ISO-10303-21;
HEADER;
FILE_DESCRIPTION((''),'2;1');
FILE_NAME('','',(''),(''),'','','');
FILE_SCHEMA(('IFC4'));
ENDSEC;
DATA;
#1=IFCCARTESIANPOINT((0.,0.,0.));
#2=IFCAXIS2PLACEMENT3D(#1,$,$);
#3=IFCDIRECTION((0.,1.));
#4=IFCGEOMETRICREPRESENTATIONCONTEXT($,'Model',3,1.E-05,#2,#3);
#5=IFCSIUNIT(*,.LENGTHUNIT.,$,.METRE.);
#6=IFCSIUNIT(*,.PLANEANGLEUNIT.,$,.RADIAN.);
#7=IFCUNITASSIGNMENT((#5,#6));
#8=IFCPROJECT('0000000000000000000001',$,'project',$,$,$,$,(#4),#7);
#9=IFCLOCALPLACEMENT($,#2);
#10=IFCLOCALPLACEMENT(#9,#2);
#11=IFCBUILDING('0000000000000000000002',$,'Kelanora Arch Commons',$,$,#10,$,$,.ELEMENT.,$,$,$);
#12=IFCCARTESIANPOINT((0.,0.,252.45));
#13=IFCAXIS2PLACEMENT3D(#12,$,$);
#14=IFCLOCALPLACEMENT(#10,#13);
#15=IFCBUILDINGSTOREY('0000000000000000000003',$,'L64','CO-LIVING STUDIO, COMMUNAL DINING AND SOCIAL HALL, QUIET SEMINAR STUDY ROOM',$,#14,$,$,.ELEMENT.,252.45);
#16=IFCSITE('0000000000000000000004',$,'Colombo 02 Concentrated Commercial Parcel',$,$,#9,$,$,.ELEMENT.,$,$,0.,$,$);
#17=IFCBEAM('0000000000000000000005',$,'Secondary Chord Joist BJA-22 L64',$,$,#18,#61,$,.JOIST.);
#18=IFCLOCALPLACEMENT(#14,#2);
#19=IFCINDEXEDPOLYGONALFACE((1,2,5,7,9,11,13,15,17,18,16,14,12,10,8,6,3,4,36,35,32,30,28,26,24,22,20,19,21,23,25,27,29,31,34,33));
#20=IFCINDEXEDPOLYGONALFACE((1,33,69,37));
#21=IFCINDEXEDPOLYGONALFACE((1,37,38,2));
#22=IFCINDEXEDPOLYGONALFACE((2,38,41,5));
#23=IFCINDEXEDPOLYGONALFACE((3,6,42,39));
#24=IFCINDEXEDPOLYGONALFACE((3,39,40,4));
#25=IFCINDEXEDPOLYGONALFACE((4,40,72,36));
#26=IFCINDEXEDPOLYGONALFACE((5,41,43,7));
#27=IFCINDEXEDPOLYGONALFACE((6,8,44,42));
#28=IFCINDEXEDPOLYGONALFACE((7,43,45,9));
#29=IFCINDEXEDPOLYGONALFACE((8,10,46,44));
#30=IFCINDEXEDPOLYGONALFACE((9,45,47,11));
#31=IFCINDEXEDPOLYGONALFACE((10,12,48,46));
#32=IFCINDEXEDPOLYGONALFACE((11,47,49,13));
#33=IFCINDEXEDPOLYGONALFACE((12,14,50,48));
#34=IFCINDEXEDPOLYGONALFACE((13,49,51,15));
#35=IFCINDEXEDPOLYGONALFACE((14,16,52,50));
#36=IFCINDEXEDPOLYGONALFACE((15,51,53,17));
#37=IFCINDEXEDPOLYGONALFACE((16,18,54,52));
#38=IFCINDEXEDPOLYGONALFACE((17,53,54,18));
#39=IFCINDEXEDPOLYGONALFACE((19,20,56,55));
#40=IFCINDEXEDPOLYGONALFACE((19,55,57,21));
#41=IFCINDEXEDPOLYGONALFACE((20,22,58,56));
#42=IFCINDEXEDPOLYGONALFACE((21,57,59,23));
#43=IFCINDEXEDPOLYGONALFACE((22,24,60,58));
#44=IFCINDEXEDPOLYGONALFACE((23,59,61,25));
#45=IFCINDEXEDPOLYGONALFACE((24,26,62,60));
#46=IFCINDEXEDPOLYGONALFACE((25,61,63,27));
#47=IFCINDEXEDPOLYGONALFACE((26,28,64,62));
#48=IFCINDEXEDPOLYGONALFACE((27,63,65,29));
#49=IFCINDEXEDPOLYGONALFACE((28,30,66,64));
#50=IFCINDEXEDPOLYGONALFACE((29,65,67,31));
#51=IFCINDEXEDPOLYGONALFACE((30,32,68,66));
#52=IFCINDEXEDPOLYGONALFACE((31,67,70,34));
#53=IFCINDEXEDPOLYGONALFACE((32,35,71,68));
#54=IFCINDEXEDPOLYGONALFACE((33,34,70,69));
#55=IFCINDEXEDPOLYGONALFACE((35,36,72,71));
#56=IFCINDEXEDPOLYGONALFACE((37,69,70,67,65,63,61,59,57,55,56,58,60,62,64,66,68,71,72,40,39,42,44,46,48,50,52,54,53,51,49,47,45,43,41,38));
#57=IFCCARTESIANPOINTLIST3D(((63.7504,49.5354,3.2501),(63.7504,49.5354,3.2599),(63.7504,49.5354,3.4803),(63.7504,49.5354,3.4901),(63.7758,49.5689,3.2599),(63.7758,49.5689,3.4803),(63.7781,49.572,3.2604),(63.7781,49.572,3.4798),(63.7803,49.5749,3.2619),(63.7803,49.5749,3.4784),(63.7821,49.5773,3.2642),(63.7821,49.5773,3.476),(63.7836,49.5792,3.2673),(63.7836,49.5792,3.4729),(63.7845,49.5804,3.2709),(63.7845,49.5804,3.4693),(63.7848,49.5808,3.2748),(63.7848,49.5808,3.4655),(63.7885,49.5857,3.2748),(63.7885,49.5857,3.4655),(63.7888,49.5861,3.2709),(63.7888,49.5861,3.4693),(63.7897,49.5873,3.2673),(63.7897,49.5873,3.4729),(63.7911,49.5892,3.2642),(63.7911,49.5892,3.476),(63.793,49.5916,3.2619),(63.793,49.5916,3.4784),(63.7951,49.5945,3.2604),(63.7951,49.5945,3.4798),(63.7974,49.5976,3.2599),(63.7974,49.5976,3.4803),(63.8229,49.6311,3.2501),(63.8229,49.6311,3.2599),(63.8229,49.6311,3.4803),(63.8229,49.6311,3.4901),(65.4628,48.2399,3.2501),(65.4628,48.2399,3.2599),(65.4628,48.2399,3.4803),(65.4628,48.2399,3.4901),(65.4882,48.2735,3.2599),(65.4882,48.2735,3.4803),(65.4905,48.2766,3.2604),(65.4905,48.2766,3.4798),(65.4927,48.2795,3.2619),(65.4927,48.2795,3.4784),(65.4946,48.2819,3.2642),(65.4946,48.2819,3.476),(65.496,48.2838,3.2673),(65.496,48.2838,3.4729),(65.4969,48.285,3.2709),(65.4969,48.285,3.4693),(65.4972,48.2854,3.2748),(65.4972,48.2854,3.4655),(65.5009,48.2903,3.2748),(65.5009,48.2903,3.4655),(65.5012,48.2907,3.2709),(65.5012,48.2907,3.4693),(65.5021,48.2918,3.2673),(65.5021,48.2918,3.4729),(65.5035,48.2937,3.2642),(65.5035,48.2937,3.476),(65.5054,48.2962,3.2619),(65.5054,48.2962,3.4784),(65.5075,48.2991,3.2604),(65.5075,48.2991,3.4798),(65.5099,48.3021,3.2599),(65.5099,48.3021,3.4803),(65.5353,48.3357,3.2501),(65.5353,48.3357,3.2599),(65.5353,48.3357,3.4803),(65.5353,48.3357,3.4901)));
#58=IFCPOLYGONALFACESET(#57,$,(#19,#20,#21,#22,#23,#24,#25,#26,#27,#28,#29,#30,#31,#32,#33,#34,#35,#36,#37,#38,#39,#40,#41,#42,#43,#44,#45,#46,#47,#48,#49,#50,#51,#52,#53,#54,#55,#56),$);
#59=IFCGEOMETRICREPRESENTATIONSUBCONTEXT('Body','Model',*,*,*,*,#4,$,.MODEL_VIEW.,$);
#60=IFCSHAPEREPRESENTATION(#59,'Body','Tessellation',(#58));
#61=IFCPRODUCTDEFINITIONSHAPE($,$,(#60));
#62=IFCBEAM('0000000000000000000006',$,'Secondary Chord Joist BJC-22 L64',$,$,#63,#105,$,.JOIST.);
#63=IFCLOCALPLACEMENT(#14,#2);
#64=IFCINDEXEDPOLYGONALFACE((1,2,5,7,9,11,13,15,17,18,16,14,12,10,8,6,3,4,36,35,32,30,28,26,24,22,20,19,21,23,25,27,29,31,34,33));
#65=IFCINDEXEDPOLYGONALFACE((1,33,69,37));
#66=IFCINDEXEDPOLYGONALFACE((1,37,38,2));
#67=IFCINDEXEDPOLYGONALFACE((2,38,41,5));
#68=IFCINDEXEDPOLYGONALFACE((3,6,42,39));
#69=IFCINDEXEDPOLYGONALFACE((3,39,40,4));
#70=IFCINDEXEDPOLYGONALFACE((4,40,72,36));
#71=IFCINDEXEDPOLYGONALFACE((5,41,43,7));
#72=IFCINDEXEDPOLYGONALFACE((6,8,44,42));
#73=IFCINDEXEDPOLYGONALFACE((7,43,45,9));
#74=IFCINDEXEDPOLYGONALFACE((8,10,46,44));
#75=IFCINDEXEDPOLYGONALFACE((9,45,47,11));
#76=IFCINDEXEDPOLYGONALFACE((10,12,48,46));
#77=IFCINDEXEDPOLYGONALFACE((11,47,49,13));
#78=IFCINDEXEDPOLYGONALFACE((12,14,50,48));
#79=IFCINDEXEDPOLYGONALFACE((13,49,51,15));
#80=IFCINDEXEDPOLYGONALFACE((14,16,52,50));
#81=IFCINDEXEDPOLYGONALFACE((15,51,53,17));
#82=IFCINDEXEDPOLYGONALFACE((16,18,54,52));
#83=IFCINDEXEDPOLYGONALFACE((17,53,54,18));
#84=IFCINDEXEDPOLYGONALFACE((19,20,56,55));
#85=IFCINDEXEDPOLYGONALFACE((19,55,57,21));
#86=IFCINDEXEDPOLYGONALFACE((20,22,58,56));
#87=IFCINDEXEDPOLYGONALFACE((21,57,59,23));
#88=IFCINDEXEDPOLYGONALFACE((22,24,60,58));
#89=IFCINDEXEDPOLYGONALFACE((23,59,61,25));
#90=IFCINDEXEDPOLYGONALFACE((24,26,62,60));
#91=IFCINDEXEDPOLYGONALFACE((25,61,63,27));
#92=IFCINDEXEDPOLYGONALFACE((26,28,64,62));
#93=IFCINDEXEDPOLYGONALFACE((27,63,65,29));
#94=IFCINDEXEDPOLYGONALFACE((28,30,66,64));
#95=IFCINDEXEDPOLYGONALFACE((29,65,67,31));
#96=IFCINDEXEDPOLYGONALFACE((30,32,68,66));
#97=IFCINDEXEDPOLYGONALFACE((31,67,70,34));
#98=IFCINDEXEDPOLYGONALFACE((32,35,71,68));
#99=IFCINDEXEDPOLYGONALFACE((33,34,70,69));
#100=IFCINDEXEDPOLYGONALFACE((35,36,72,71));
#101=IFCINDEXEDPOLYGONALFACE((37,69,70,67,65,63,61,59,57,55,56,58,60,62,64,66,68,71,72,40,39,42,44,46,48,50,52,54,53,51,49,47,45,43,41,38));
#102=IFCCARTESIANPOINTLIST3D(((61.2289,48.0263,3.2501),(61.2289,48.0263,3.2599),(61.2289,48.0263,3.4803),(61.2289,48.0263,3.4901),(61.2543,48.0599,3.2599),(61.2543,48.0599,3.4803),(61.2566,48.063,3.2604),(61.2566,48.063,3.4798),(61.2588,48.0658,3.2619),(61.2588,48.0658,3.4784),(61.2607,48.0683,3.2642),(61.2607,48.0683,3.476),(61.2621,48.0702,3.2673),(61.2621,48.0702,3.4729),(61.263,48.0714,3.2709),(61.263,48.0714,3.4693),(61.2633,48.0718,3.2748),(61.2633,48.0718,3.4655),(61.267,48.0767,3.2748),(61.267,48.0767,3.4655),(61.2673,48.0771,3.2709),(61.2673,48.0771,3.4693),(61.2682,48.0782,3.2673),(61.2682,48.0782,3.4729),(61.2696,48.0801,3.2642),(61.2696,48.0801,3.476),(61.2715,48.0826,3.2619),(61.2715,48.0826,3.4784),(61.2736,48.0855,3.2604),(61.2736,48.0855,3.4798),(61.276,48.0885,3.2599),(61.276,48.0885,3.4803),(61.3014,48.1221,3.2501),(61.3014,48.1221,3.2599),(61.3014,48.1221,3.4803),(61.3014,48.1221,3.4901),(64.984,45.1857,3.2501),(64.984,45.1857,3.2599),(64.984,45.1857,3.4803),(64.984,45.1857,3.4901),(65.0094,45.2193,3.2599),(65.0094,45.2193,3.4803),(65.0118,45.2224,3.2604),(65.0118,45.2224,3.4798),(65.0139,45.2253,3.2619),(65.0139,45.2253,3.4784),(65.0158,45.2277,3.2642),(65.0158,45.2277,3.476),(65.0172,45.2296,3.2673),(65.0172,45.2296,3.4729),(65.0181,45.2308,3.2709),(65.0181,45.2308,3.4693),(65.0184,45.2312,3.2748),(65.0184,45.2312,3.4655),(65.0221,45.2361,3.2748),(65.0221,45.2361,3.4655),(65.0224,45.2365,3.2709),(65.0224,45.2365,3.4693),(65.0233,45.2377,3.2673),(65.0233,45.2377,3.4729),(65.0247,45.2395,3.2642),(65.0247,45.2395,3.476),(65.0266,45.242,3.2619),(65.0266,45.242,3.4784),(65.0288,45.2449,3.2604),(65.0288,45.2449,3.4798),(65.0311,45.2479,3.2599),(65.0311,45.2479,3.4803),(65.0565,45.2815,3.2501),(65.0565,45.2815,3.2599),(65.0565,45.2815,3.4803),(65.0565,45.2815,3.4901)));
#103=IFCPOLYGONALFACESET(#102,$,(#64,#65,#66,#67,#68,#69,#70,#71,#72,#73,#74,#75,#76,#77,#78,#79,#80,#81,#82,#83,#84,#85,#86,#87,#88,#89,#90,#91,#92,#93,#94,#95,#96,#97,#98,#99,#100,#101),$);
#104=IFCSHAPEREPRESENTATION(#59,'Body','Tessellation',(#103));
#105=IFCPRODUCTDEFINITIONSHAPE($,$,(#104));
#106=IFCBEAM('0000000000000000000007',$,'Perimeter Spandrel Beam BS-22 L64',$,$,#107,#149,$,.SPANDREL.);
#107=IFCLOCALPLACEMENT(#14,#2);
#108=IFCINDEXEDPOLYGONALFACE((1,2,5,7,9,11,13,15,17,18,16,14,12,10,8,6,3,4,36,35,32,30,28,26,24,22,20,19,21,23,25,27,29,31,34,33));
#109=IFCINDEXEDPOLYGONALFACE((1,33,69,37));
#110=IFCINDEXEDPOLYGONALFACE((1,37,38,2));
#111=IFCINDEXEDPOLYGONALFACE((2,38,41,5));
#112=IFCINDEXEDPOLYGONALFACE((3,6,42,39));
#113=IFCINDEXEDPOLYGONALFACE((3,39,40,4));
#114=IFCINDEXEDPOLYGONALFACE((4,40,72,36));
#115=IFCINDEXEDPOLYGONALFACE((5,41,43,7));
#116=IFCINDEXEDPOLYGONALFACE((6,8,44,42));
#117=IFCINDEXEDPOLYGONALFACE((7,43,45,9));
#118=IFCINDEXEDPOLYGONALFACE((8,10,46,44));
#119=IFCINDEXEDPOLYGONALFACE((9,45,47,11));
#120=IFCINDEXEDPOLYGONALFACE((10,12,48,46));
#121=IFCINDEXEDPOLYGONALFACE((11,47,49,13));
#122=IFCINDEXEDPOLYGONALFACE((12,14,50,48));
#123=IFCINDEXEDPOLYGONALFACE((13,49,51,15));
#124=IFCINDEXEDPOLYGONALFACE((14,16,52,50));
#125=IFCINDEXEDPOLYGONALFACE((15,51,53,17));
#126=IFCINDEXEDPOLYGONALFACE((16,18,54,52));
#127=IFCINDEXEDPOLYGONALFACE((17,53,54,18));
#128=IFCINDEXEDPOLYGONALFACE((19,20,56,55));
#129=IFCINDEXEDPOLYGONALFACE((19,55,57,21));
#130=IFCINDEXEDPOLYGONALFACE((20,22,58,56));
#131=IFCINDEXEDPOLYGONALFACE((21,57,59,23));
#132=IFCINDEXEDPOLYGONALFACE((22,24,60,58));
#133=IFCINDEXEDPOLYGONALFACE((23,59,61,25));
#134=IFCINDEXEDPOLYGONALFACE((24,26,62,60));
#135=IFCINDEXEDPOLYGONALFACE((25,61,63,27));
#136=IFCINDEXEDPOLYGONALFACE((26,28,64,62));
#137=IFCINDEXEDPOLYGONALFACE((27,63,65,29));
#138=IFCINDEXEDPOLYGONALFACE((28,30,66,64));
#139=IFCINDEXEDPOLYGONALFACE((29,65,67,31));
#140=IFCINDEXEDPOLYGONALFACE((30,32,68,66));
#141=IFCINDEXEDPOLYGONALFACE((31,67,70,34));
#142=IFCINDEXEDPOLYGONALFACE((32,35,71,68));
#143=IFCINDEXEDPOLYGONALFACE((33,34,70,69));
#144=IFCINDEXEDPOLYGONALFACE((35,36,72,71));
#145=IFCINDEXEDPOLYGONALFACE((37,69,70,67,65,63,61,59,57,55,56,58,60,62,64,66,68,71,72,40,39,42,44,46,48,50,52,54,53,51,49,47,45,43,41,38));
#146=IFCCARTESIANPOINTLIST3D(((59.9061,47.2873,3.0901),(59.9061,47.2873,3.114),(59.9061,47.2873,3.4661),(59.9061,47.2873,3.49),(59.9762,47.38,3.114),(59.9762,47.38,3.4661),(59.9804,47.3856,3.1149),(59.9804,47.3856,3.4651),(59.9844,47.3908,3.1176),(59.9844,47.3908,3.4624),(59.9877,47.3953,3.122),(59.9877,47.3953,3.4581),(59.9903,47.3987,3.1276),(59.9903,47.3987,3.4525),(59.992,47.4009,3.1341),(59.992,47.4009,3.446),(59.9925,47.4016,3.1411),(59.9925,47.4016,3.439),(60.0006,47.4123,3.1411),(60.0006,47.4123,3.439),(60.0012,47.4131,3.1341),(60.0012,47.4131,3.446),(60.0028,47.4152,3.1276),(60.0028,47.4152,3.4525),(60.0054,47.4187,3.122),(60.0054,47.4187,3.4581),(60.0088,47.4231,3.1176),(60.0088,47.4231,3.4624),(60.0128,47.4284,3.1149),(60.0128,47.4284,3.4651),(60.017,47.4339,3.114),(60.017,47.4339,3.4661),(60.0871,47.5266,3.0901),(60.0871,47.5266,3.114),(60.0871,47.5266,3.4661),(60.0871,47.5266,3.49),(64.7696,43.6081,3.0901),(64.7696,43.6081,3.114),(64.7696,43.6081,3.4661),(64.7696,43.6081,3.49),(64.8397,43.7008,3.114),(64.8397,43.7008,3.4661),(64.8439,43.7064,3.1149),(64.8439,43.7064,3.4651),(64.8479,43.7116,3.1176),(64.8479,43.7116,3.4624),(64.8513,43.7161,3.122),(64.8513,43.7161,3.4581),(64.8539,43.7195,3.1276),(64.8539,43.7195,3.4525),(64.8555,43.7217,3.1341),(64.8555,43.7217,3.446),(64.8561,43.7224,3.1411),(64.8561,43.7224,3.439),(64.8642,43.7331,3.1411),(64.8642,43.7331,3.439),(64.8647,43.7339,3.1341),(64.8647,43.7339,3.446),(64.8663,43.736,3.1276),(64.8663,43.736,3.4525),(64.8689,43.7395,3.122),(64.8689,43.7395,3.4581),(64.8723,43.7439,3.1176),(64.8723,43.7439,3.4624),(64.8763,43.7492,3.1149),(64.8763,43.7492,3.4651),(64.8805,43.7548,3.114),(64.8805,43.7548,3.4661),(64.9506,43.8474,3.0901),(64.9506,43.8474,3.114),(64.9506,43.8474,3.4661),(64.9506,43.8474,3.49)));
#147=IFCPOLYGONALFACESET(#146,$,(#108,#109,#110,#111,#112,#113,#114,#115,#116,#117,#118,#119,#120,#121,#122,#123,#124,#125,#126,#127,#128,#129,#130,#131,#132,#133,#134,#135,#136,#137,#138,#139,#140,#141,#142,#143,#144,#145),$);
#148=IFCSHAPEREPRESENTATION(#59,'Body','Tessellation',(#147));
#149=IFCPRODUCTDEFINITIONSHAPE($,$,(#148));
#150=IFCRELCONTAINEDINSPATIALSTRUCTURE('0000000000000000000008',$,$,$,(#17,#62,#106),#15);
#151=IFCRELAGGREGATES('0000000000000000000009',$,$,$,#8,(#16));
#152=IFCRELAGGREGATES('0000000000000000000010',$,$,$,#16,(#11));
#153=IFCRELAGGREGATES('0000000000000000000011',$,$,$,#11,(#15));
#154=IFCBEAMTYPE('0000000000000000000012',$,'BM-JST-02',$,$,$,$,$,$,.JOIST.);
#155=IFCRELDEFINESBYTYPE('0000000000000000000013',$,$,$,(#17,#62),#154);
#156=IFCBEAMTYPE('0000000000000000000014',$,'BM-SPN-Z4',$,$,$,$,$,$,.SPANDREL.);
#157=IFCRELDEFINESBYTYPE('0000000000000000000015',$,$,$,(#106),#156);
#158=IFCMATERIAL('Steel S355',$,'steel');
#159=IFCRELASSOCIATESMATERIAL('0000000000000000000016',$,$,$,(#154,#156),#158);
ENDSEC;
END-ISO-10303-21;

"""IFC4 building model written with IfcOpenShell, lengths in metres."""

from ifc_helpers import new_model, si_unit, direction, frame, origin, origin_2d, place, context, subcontext, project, spatial, i_section, extrude, material, material_profile, profile_set, type_object, element, save


model = new_model("IFC4")

# Units and contexts
model_context = context("Model", 3, precision=1e-05, world=origin(), true_north=direction((0.0, 1.0)))
body_context = subcontext(model_context, "Body", "Model", "MODEL_VIEW")
ifc_project = project(units=[si_unit("LENGTHUNIT", "METRE"), si_unit("PLANEANGLEUNIT", "RADIAN")], contexts=[model_context])

# Site, building, storey
site_placement = place(None, origin())
site = spatial("IfcSite", under=ifc_project, at=site_placement, Name="Colombo 02 Concentrated Commercial Parcel", CompositionType="ELEMENT", RefElevation=0.0)
building_placement = place(site_placement, origin())
building = spatial("IfcBuilding", under=site, at=building_placement, Name="Kelanora Arch Commons", CompositionType="ELEMENT")
storey_placement = place(building_placement, frame((0.0, 0.0, 252.45)))
storey = spatial("IfcBuildingStorey", under=building, at=storey_placement, Name="L64", Description="CO-LIVING STUDIO, COMMUNAL DINING AND SOCIAL HALL, QUIET SEMINAR STUDY ROOM", CompositionType="ELEMENT", Elevation=252.45)

# Beams
ifc_material_1 = material(Name="Steel S355", Category="steel")
ifc_material_profile_1 = material_profile(ifc_material_1, i_section(OverallWidth=0.1201, OverallDepth=0.24, WebThickness=0.0061, FlangeThickness=0.0098, FilletRadius=0.0149, at=origin_2d()), Name="IPE240")
ifc_profile_set_1 = profile_set([ifc_material_profile_1], Name="Steel S355")
beam_type_1 = type_object("IfcBeamType", Name="BM-JST-02", PredefinedType="JOIST", material=ifc_profile_set_1)
beam_1_placement = place(storey_placement, frame((63.7866, 49.5833, 3.3701), z_axis=(0.79751, -0.603306, 0.0), x_axis=(0.603306, 0.79751, 0.0)))
element("IfcBeam", 1, at=beam_1_placement, inside=storey, type_object=beam_type_1, Name="Secondary Chord Joist BJA-22 L64", PredefinedType="JOIST", context=body_context, shape_type="SweptSolid", body=[
    extrude(i_section(OverallWidth=0.1201, OverallDepth=0.24, WebThickness=0.0061, FlangeThickness=0.0098, FilletRadius=0.0149, at=origin_2d()), origin(), (0.0, 0.0, 1.0), 2.1472),
])
beam_2_placement = place(storey_placement, frame((61.2651, 48.0742, 3.3701), z_axis=(0.797523, -0.603289, 0.0), x_axis=(0.603289, 0.797523, 0.0)))
element("IfcBeam", 2, at=beam_2_placement, inside=storey, type_object=beam_type_1, Name="Secondary Chord Joist BJC-22 L64", PredefinedType="JOIST", context=body_context, shape_type="SweptSolid", body=[
    extrude(i_section(OverallWidth=0.1201, OverallDepth=0.24, WebThickness=0.0061, FlangeThickness=0.0098, FilletRadius=0.0149, at=origin_2d()), origin(), (0.0, 0.0, 1.0), 4.7085),
])
ifc_material_profile_2 = material_profile(ifc_material_1, i_section(OverallWidth=0.3, OverallDepth=0.3999, WebThickness=0.0134, FlangeThickness=0.0239, FilletRadius=0.0271, at=origin_2d()), Name="HEB400")
ifc_profile_set_2 = profile_set([ifc_material_profile_2], Name="Steel S355")
beam_type_2 = type_object("IfcBeamType", Name="BM-SPN-Z4", PredefinedType="SPANDREL", material=ifc_profile_set_2)
beam_3_placement = place(storey_placement, frame((59.9966, 47.407, 3.29), z_axis=(0.797509, -0.603306, 0.0), x_axis=(0.603306, 0.797509, 0.0)))
element("IfcBeam", 3, at=beam_3_placement, inside=storey, type_object=beam_type_2, Name="Perimeter Spandrel Beam BS-22 L64", PredefinedType="SPANDREL", context=body_context, shape_type="SweptSolid", body=[
    extrude(i_section(OverallWidth=0.3, OverallDepth=0.3999, WebThickness=0.0134, FlangeThickness=0.0239, FilletRadius=0.0271, at=origin_2d()), origin(), (0.0, 0.0, 1.0), 6.0984),
])

save(model, "model.ifc")
